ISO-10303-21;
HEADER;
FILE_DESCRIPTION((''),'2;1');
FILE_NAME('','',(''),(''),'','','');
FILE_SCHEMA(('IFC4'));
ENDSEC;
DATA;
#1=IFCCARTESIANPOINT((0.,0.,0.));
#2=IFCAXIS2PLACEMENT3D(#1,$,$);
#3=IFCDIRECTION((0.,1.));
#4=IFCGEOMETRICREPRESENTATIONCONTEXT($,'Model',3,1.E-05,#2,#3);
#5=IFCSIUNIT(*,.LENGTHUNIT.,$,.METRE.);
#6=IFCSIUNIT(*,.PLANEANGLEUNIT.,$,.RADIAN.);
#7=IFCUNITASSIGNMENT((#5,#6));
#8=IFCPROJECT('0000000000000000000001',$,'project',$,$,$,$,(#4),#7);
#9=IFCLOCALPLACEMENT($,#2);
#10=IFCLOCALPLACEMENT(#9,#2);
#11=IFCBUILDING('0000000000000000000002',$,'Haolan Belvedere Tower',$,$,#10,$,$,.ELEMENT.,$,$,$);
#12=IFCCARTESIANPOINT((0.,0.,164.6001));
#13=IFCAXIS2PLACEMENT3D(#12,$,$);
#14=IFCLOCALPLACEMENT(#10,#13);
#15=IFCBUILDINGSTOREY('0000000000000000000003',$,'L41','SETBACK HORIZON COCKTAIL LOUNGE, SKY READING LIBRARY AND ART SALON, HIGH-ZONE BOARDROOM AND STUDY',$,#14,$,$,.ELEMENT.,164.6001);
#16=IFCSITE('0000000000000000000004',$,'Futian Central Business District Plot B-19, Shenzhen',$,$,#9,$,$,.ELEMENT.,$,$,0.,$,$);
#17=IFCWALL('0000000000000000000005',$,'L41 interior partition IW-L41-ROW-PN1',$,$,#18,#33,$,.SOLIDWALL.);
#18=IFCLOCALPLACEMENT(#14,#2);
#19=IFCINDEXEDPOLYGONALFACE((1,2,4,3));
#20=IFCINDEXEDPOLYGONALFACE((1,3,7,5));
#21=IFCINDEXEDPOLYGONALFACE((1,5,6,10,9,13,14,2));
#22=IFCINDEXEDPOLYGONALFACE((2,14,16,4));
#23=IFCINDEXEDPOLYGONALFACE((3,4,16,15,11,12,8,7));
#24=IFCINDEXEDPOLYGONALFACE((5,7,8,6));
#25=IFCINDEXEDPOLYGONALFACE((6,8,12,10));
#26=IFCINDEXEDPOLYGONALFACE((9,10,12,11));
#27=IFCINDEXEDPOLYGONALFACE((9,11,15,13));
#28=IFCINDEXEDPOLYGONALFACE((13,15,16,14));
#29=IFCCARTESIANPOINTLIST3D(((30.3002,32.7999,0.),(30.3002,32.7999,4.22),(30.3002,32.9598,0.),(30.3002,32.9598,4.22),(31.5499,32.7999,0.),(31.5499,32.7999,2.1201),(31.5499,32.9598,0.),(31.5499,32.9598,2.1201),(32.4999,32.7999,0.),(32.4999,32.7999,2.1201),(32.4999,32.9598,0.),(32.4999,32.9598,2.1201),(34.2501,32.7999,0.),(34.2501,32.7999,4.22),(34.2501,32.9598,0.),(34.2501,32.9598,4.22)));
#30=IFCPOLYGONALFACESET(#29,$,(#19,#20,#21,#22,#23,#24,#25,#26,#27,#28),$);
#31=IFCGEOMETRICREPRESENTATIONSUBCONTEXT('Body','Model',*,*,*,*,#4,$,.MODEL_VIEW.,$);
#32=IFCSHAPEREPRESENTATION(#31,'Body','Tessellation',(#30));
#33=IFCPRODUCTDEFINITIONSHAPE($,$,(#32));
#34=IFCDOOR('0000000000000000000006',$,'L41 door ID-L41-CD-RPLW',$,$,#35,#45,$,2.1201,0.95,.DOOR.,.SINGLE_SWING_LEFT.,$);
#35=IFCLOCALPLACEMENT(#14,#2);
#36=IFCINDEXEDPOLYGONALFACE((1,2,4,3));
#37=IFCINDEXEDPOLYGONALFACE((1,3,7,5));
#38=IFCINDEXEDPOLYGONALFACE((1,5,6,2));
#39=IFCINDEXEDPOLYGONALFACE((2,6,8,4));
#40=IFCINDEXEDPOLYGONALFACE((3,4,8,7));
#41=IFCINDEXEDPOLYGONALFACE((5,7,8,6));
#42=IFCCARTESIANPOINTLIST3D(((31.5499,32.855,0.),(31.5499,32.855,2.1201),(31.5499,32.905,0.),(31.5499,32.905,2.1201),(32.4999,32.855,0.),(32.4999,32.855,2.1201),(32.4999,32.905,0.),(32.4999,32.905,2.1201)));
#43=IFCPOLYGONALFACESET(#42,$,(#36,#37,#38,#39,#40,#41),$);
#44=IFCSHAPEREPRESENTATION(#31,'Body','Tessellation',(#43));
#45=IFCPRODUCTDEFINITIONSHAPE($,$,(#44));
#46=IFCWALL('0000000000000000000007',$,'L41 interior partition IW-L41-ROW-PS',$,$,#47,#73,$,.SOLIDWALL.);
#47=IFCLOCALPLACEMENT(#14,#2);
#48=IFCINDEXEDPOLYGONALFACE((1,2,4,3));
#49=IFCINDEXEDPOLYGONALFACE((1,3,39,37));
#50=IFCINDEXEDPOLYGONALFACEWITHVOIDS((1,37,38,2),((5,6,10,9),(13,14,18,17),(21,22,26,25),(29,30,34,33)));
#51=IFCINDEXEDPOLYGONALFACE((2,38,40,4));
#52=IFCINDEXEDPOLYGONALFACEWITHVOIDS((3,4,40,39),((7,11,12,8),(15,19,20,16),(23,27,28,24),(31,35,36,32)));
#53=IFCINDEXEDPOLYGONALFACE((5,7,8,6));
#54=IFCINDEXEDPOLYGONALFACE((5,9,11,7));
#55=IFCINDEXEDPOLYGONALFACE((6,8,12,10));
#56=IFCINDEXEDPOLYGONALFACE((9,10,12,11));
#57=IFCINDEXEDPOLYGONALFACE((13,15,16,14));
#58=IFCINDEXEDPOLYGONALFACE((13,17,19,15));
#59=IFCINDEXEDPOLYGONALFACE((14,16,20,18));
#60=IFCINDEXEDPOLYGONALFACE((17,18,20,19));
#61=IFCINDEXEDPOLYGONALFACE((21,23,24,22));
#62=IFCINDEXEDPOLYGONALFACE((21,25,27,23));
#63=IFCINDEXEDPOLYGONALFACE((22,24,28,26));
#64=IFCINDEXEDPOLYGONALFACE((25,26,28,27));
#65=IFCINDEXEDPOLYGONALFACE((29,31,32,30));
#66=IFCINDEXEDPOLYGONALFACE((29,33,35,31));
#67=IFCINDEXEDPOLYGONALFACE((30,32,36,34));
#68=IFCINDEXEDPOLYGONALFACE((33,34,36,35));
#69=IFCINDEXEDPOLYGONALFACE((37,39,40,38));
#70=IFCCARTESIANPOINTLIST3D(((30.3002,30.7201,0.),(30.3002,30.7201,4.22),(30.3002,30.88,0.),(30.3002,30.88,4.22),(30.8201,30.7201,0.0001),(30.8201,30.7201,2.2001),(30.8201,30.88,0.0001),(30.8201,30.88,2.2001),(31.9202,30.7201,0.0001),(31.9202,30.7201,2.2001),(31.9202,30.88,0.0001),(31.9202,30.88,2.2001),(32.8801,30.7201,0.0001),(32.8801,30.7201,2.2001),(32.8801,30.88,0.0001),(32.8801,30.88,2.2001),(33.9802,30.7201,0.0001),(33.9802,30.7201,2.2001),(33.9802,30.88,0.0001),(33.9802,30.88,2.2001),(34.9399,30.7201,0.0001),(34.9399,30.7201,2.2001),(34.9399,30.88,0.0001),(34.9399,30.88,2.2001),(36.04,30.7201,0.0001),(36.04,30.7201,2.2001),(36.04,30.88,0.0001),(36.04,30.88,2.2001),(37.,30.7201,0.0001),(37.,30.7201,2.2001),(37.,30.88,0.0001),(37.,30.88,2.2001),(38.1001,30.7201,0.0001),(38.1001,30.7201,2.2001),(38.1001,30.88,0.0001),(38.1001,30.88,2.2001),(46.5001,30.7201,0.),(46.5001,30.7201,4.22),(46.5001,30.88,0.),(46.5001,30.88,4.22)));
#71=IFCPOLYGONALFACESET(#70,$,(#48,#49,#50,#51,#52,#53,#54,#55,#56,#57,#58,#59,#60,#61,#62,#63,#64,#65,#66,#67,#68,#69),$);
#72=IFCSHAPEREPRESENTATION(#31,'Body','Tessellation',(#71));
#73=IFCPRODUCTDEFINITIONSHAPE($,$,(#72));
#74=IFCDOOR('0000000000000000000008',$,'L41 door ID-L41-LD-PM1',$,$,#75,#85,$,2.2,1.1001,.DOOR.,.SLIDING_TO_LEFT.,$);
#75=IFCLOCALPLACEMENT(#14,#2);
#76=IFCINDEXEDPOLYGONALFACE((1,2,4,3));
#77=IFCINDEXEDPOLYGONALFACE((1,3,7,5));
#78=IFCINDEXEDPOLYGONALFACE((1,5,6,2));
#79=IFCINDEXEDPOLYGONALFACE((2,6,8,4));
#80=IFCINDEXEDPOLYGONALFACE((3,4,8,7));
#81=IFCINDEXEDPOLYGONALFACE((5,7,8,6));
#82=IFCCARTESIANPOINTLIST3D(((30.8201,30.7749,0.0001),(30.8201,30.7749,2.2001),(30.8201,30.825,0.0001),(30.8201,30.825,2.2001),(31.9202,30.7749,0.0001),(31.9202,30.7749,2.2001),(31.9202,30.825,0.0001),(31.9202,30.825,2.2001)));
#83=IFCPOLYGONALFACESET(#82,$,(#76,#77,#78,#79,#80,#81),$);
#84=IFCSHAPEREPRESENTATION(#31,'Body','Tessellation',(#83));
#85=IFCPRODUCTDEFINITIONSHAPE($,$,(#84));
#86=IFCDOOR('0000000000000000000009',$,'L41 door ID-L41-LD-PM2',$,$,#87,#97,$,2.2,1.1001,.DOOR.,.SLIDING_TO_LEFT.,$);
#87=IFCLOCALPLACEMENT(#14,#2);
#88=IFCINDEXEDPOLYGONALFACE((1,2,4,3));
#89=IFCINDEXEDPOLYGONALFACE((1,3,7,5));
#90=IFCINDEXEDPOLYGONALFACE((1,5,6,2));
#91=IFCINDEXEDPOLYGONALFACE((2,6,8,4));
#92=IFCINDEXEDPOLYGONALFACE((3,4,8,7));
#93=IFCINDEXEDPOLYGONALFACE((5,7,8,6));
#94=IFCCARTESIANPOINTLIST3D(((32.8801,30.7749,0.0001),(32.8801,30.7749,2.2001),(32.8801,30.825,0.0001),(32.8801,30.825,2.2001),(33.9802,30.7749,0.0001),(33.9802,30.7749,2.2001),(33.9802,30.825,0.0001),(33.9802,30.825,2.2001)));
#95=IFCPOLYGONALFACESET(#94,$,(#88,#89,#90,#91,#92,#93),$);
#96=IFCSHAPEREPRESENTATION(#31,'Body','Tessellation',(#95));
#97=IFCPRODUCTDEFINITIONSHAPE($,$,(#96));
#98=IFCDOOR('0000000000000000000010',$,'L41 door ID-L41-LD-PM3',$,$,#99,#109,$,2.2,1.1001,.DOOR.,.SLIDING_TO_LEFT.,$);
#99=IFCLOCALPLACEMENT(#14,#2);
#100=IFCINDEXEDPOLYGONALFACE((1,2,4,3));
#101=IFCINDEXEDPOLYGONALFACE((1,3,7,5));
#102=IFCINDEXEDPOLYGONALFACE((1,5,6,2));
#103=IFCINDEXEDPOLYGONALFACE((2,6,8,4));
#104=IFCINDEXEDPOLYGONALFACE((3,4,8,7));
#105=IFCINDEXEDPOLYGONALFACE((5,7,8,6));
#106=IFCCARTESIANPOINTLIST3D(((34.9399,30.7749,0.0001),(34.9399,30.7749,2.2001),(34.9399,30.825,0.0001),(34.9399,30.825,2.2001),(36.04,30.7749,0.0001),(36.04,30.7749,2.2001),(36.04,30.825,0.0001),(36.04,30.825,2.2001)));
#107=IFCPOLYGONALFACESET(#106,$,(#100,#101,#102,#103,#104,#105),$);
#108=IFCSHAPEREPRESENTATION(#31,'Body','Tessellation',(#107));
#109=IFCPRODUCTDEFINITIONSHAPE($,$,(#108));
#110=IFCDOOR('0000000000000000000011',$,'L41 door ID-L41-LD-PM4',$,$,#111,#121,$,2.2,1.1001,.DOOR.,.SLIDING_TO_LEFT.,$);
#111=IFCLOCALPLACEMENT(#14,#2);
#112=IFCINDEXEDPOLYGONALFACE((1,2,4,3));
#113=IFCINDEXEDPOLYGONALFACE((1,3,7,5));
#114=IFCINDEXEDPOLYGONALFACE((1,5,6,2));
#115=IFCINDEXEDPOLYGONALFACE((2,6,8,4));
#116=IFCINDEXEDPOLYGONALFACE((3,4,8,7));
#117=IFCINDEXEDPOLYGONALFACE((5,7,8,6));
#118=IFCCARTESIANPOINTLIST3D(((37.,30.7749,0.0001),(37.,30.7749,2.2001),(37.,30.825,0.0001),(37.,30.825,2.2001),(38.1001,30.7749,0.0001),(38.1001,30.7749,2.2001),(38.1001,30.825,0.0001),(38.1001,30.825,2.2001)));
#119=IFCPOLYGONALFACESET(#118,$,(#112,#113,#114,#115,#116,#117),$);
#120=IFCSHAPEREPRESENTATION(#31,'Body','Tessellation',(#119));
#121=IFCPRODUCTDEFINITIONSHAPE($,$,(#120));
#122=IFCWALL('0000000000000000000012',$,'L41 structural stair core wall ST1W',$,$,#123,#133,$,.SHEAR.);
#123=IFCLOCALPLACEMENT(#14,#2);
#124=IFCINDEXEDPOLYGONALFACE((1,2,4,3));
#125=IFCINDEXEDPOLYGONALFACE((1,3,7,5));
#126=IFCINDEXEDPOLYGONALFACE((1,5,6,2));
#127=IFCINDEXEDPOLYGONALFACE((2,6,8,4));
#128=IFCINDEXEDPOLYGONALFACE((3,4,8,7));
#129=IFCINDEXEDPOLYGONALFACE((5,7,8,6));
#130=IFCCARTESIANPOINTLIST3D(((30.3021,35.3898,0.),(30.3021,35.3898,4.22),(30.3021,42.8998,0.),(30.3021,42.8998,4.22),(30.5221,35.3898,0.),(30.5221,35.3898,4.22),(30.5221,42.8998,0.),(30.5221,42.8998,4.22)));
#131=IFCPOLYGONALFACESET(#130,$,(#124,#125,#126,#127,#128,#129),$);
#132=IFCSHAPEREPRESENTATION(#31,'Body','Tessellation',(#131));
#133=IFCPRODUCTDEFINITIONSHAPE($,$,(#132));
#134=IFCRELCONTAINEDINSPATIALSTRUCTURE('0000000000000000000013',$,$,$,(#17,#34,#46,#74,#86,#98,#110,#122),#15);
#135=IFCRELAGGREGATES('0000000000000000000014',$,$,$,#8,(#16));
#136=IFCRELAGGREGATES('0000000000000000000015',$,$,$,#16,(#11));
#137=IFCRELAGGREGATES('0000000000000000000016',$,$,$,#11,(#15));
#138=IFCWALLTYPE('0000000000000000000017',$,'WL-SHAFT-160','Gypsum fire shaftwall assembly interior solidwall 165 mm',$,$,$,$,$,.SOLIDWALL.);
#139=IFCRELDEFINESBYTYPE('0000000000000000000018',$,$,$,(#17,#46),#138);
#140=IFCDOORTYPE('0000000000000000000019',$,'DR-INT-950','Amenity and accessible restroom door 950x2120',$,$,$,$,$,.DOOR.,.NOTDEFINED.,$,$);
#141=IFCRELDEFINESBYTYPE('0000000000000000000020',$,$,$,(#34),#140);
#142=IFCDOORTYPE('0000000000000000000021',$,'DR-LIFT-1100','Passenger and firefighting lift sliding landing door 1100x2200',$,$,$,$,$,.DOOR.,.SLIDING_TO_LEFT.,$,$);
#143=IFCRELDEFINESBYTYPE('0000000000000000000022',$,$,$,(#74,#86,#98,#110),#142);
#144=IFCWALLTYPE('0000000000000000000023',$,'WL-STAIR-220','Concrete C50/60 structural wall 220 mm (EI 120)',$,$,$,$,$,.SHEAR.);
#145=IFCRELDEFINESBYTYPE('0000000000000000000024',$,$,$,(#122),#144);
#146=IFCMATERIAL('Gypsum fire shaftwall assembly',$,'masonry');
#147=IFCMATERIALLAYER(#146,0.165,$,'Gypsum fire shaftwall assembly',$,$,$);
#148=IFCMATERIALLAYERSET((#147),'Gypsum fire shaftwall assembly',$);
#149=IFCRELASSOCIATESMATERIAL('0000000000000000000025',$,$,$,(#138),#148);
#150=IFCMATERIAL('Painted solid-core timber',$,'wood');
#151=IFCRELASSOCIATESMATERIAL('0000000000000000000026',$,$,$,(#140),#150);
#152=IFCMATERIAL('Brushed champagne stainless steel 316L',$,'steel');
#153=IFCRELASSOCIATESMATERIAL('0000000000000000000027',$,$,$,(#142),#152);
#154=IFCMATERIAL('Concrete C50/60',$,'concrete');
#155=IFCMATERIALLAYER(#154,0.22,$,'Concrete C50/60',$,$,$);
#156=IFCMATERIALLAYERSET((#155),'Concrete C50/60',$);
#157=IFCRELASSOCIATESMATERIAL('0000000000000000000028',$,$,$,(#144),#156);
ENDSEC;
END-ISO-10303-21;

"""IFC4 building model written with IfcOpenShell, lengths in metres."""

from ifc_helpers import new_model, si_unit, direction, frame, frame_2d, origin, place, context, subcontext, project, spatial, rectangle, extrude, material, layer, layer_set, type_object, element, fill, save


model = new_model("IFC4")

# Units and contexts
model_context = context("Model", 3, precision=1e-05, world=origin(), true_north=direction((0.0, 1.0)))
body_context = subcontext(model_context, "Body", "Model", "MODEL_VIEW")
ifc_project = project(units=[si_unit("LENGTHUNIT", "METRE"), si_unit("PLANEANGLEUNIT", "RADIAN")], contexts=[model_context])

# Site, building, storey
site_placement = place(None, origin())
site = spatial("IfcSite", under=ifc_project, at=site_placement, Name="Futian Central Business District Plot B-19, Shenzhen", CompositionType="ELEMENT", RefElevation=0.0)
building_placement = place(site_placement, origin())
building = spatial("IfcBuilding", under=site, at=building_placement, Name="Haolan Belvedere Tower", CompositionType="ELEMENT")
storey_placement = place(building_placement, frame((0.0, 0.0, 164.6001)))
storey = spatial("IfcBuildingStorey", under=building, at=storey_placement, Name="L41", Description="SETBACK HORIZON COCKTAIL LOUNGE, SKY READING LIBRARY AND ART SALON, HIGH-ZONE BOARDROOM AND STUDY", CompositionType="ELEMENT", Elevation=164.6001)

# Wall, opening, door
ifc_material_1 = material(Name="Gypsum fire shaftwall assembly", Category="masonry")
ifc_layer_1 = layer(ifc_material_1, 0.165, Name="Gypsum fire shaftwall assembly")
ifc_layer_set_1 = layer_set([ifc_layer_1], Name="Gypsum fire shaftwall assembly")
wall_type_1 = type_object("IfcWallType", Name="WL-SHAFT-160", Description="Gypsum fire shaftwall assembly interior solidwall 165 mm", PredefinedType="SOLIDWALL", material=ifc_layer_set_1)
wall_1_placement = place(storey_placement, frame((30.3, 32.8799, 0.0), z_axis=(0.0, 0.0, 1.0), x_axis=(1.0, 0.0, 0.0)))
wall_1 = element("IfcWall", 1, at=wall_1_placement, inside=storey, type_object=wall_type_1, Name="L41 interior partition IW-L41-ROW-PN1", PredefinedType="SOLIDWALL", context=body_context, shape_type="SweptSolid", body=[
    extrude(rectangle(XDim=3.95, YDim=0.1599, at=frame_2d((1.9751, 0.0))), origin(), (0.0, 0.0, 1.0), 4.22),
])
opening_1_placement = place(wall_1_placement, frame((2.2, 0.0, 0.0), z_axis=(0.0, 0.0, 1.0), x_axis=(-1.0, 0.0, 0.0)))
opening_1 = element("IfcOpeningElement", 2, at=opening_1_placement, cuts=wall_1, PredefinedType="OPENING", context=body_context, shape_type="SweptSolid", body=[
    extrude(rectangle(XDim=0.95, YDim=2.1201, at=frame_2d((0.4751, 1.0601))), frame((0.0, 0.0898, 0.0), z_axis=(0.0, -1.0, 0.0), x_axis=(1.0, 0.0, 0.0)), (0.0, 0.0, 1.0), 0.1799),
])
ifc_material_2 = material(Name="Painted solid-core timber", Category="wood")
door_type_1 = type_object("IfcDoorType", Name="DR-INT-950", Description="Amenity and accessible restroom door 950x2120", OperationType="NOTDEFINED", PredefinedType="DOOR", material=ifc_material_2)
door_1_placement = place(opening_1_placement, origin())
door_1 = element("IfcDoor", 3, at=door_1_placement, inside=storey, type_object=door_type_1, Name="L41 door ID-L41-CD-RPLW", OperationType="SINGLE_SWING_LEFT", OverallHeight=2.1201, OverallWidth=0.95, PredefinedType="DOOR", context=body_context, shape_type="SweptSolid", body=[
    extrude(rectangle(XDim=0.95, YDim=2.1201, at=frame_2d((0.4751, 1.0601))), frame((0.0, 0.0249, 0.0), z_axis=(0.0, -1.0, 0.0), x_axis=(1.0, 0.0, 0.0)), (0.0, 0.0, 1.0), 0.05),
])
fill(opening_1, door_1)

# Wall, openings, doors
wall_2_placement = place(storey_placement, frame((30.3, 30.8, 0.0), z_axis=(0.0, 0.0, 1.0), x_axis=(1.0, 0.0, 0.0)))
wall_2 = element("IfcWall", 4, at=wall_2_placement, inside=storey, type_object=wall_type_1, Name="L41 interior partition IW-L41-ROW-PS", PredefinedType="SOLIDWALL", context=body_context, shape_type="SweptSolid", body=[
    extrude(rectangle(XDim=16.2, YDim=0.1599, at=frame_2d((8.1001, 0.0))), origin(), (0.0, 0.0, 1.0), 4.22),
])
opening_2_placement = place(wall_2_placement, frame((0.52, 0.0, 0.0)))
opening_2 = element("IfcOpeningElement", 5, at=opening_2_placement, cuts=wall_2, PredefinedType="OPENING", context=body_context, shape_type="SweptSolid", body=[
    extrude(rectangle(XDim=1.1001, YDim=2.2, at=frame_2d((0.55, 1.1001))), frame((0.0, 0.0898, 0.0), z_axis=(0.0, -1.0, 0.0), x_axis=(1.0, 0.0, 0.0)), (0.0, 0.0, 1.0), 0.1799),
])
opening_3_placement = place(wall_2_placement, frame((2.5801, 0.0, 0.0)))
opening_3 = element("IfcOpeningElement", 6, at=opening_3_placement, cuts=wall_2, PredefinedType="OPENING", context=body_context, shape_type="SweptSolid", body=[
    extrude(rectangle(XDim=1.1001, YDim=2.2, at=frame_2d((0.55, 1.1001))), frame((0.0, 0.0898, 0.0), z_axis=(0.0, -1.0, 0.0), x_axis=(1.0, 0.0, 0.0)), (0.0, 0.0, 1.0), 0.1799),
])
opening_4_placement = place(wall_2_placement, frame((4.6399, 0.0, 0.0)))
opening_4 = element("IfcOpeningElement", 7, at=opening_4_placement, cuts=wall_2, PredefinedType="OPENING", context=body_context, shape_type="SweptSolid", body=[
    extrude(rectangle(XDim=1.1001, YDim=2.2, at=frame_2d((0.55, 1.1001))), frame((0.0, 0.0898, 0.0), z_axis=(0.0, -1.0, 0.0), x_axis=(1.0, 0.0, 0.0)), (0.0, 0.0, 1.0), 0.1799),
])
opening_5_placement = place(wall_2_placement, frame((6.7, 0.0, 0.0)))
opening_5 = element("IfcOpeningElement", 8, at=opening_5_placement, cuts=wall_2, PredefinedType="OPENING", context=body_context, shape_type="SweptSolid", body=[
    extrude(rectangle(XDim=1.1001, YDim=2.2, at=frame_2d((0.55, 1.1001))), frame((0.0, 0.0898, 0.0), z_axis=(0.0, -1.0, 0.0), x_axis=(1.0, 0.0, 0.0)), (0.0, 0.0, 1.0), 0.1799),
])
ifc_material_3 = material(Name="Brushed champagne stainless steel 316L", Category="steel")
door_type_2 = type_object("IfcDoorType", Name="DR-LIFT-1100", Description="Passenger and firefighting lift sliding landing door 1100x2200", OperationType="SLIDING_TO_LEFT", PredefinedType="DOOR", material=ifc_material_3)
door_2_placement = place(opening_2_placement, origin())
door_2 = element("IfcDoor", 9, at=door_2_placement, inside=storey, type_object=door_type_2, Name="L41 door ID-L41-LD-PM1", OperationType="SLIDING_TO_LEFT", OverallHeight=2.2, OverallWidth=1.1001, PredefinedType="DOOR", context=body_context, shape_type="SweptSolid", body=[
    extrude(rectangle(XDim=1.1001, YDim=2.2, at=frame_2d((0.55, 1.1001))), frame((0.0, 0.0249, 0.0), z_axis=(0.0, -1.0, 0.0), x_axis=(1.0, 0.0, 0.0)), (0.0, 0.0, 1.0), 0.05),
])
fill(opening_2, door_2)
door_3_placement = place(opening_3_placement, origin())
door_3 = element("IfcDoor", 10, at=door_3_placement, inside=storey, type_object=door_type_2, Name="L41 door ID-L41-LD-PM2", OperationType="SLIDING_TO_LEFT", OverallHeight=2.2, OverallWidth=1.1001, PredefinedType="DOOR", context=body_context, shape_type="SweptSolid", body=[
    extrude(rectangle(XDim=1.1001, YDim=2.2, at=frame_2d((0.55, 1.1001))), frame((0.0, 0.0249, 0.0), z_axis=(0.0, -1.0, 0.0), x_axis=(1.0, 0.0, 0.0)), (0.0, 0.0, 1.0), 0.05),
])
fill(opening_3, door_3)
door_4_placement = place(opening_4_placement, origin())
door_4 = element("IfcDoor", 11, at=door_4_placement, inside=storey, type_object=door_type_2, Name="L41 door ID-L41-LD-PM3", OperationType="SLIDING_TO_LEFT", OverallHeight=2.2, OverallWidth=1.1001, PredefinedType="DOOR", context=body_context, shape_type="SweptSolid", body=[
    extrude(rectangle(XDim=1.1001, YDim=2.2, at=frame_2d((0.55, 1.1001))), frame((0.0, 0.0249, 0.0), z_axis=(0.0, -1.0, 0.0), x_axis=(1.0, 0.0, 0.0)), (0.0, 0.0, 1.0), 0.05),
])
fill(opening_4, door_4)
door_5_placement = place(opening_5_placement, origin())
door_5 = element("IfcDoor", 12, at=door_5_placement, inside=storey, type_object=door_type_2, Name="L41 door ID-L41-LD-PM4", OperationType="SLIDING_TO_LEFT", OverallHeight=2.2, OverallWidth=1.1001, PredefinedType="DOOR", context=body_context, shape_type="SweptSolid", body=[
    extrude(rectangle(XDim=1.1001, YDim=2.2, at=frame_2d((0.55, 1.1001))), frame((0.0, 0.0249, 0.0), z_axis=(0.0, -1.0, 0.0), x_axis=(1.0, 0.0, 0.0)), (0.0, 0.0, 1.0), 0.05),
])
fill(opening_5, door_5)

# Wall
ifc_material_4 = material(Name="Concrete C50/60", Category="concrete")
ifc_layer_2 = layer(ifc_material_4, 0.22, Name="Concrete C50/60")
ifc_layer_set_2 = layer_set([ifc_layer_2], Name="Concrete C50/60")
wall_type_2 = type_object("IfcWallType", Name="WL-STAIR-220", Description="Concrete C50/60 structural wall 220 mm (EI 120)", PredefinedType="SHEAR", material=ifc_layer_set_2)
wall_3_placement = place(storey_placement, frame((30.4121, 35.3899, 0.0), z_axis=(0.0, 0.0, 1.0), x_axis=(0.0, 1.0, 0.0)))
element("IfcWall", 13, at=wall_3_placement, inside=storey, type_object=wall_type_2, Name="L41 structural stair core wall ST1W", PredefinedType="SHEAR", context=body_context, shape_type="SweptSolid", body=[
    extrude(rectangle(XDim=7.51, YDim=0.22, at=frame_2d((3.7549, 0.0))), origin(), (0.0, 0.0, 1.0), 4.22),
])

save(model, "model.ifc")
